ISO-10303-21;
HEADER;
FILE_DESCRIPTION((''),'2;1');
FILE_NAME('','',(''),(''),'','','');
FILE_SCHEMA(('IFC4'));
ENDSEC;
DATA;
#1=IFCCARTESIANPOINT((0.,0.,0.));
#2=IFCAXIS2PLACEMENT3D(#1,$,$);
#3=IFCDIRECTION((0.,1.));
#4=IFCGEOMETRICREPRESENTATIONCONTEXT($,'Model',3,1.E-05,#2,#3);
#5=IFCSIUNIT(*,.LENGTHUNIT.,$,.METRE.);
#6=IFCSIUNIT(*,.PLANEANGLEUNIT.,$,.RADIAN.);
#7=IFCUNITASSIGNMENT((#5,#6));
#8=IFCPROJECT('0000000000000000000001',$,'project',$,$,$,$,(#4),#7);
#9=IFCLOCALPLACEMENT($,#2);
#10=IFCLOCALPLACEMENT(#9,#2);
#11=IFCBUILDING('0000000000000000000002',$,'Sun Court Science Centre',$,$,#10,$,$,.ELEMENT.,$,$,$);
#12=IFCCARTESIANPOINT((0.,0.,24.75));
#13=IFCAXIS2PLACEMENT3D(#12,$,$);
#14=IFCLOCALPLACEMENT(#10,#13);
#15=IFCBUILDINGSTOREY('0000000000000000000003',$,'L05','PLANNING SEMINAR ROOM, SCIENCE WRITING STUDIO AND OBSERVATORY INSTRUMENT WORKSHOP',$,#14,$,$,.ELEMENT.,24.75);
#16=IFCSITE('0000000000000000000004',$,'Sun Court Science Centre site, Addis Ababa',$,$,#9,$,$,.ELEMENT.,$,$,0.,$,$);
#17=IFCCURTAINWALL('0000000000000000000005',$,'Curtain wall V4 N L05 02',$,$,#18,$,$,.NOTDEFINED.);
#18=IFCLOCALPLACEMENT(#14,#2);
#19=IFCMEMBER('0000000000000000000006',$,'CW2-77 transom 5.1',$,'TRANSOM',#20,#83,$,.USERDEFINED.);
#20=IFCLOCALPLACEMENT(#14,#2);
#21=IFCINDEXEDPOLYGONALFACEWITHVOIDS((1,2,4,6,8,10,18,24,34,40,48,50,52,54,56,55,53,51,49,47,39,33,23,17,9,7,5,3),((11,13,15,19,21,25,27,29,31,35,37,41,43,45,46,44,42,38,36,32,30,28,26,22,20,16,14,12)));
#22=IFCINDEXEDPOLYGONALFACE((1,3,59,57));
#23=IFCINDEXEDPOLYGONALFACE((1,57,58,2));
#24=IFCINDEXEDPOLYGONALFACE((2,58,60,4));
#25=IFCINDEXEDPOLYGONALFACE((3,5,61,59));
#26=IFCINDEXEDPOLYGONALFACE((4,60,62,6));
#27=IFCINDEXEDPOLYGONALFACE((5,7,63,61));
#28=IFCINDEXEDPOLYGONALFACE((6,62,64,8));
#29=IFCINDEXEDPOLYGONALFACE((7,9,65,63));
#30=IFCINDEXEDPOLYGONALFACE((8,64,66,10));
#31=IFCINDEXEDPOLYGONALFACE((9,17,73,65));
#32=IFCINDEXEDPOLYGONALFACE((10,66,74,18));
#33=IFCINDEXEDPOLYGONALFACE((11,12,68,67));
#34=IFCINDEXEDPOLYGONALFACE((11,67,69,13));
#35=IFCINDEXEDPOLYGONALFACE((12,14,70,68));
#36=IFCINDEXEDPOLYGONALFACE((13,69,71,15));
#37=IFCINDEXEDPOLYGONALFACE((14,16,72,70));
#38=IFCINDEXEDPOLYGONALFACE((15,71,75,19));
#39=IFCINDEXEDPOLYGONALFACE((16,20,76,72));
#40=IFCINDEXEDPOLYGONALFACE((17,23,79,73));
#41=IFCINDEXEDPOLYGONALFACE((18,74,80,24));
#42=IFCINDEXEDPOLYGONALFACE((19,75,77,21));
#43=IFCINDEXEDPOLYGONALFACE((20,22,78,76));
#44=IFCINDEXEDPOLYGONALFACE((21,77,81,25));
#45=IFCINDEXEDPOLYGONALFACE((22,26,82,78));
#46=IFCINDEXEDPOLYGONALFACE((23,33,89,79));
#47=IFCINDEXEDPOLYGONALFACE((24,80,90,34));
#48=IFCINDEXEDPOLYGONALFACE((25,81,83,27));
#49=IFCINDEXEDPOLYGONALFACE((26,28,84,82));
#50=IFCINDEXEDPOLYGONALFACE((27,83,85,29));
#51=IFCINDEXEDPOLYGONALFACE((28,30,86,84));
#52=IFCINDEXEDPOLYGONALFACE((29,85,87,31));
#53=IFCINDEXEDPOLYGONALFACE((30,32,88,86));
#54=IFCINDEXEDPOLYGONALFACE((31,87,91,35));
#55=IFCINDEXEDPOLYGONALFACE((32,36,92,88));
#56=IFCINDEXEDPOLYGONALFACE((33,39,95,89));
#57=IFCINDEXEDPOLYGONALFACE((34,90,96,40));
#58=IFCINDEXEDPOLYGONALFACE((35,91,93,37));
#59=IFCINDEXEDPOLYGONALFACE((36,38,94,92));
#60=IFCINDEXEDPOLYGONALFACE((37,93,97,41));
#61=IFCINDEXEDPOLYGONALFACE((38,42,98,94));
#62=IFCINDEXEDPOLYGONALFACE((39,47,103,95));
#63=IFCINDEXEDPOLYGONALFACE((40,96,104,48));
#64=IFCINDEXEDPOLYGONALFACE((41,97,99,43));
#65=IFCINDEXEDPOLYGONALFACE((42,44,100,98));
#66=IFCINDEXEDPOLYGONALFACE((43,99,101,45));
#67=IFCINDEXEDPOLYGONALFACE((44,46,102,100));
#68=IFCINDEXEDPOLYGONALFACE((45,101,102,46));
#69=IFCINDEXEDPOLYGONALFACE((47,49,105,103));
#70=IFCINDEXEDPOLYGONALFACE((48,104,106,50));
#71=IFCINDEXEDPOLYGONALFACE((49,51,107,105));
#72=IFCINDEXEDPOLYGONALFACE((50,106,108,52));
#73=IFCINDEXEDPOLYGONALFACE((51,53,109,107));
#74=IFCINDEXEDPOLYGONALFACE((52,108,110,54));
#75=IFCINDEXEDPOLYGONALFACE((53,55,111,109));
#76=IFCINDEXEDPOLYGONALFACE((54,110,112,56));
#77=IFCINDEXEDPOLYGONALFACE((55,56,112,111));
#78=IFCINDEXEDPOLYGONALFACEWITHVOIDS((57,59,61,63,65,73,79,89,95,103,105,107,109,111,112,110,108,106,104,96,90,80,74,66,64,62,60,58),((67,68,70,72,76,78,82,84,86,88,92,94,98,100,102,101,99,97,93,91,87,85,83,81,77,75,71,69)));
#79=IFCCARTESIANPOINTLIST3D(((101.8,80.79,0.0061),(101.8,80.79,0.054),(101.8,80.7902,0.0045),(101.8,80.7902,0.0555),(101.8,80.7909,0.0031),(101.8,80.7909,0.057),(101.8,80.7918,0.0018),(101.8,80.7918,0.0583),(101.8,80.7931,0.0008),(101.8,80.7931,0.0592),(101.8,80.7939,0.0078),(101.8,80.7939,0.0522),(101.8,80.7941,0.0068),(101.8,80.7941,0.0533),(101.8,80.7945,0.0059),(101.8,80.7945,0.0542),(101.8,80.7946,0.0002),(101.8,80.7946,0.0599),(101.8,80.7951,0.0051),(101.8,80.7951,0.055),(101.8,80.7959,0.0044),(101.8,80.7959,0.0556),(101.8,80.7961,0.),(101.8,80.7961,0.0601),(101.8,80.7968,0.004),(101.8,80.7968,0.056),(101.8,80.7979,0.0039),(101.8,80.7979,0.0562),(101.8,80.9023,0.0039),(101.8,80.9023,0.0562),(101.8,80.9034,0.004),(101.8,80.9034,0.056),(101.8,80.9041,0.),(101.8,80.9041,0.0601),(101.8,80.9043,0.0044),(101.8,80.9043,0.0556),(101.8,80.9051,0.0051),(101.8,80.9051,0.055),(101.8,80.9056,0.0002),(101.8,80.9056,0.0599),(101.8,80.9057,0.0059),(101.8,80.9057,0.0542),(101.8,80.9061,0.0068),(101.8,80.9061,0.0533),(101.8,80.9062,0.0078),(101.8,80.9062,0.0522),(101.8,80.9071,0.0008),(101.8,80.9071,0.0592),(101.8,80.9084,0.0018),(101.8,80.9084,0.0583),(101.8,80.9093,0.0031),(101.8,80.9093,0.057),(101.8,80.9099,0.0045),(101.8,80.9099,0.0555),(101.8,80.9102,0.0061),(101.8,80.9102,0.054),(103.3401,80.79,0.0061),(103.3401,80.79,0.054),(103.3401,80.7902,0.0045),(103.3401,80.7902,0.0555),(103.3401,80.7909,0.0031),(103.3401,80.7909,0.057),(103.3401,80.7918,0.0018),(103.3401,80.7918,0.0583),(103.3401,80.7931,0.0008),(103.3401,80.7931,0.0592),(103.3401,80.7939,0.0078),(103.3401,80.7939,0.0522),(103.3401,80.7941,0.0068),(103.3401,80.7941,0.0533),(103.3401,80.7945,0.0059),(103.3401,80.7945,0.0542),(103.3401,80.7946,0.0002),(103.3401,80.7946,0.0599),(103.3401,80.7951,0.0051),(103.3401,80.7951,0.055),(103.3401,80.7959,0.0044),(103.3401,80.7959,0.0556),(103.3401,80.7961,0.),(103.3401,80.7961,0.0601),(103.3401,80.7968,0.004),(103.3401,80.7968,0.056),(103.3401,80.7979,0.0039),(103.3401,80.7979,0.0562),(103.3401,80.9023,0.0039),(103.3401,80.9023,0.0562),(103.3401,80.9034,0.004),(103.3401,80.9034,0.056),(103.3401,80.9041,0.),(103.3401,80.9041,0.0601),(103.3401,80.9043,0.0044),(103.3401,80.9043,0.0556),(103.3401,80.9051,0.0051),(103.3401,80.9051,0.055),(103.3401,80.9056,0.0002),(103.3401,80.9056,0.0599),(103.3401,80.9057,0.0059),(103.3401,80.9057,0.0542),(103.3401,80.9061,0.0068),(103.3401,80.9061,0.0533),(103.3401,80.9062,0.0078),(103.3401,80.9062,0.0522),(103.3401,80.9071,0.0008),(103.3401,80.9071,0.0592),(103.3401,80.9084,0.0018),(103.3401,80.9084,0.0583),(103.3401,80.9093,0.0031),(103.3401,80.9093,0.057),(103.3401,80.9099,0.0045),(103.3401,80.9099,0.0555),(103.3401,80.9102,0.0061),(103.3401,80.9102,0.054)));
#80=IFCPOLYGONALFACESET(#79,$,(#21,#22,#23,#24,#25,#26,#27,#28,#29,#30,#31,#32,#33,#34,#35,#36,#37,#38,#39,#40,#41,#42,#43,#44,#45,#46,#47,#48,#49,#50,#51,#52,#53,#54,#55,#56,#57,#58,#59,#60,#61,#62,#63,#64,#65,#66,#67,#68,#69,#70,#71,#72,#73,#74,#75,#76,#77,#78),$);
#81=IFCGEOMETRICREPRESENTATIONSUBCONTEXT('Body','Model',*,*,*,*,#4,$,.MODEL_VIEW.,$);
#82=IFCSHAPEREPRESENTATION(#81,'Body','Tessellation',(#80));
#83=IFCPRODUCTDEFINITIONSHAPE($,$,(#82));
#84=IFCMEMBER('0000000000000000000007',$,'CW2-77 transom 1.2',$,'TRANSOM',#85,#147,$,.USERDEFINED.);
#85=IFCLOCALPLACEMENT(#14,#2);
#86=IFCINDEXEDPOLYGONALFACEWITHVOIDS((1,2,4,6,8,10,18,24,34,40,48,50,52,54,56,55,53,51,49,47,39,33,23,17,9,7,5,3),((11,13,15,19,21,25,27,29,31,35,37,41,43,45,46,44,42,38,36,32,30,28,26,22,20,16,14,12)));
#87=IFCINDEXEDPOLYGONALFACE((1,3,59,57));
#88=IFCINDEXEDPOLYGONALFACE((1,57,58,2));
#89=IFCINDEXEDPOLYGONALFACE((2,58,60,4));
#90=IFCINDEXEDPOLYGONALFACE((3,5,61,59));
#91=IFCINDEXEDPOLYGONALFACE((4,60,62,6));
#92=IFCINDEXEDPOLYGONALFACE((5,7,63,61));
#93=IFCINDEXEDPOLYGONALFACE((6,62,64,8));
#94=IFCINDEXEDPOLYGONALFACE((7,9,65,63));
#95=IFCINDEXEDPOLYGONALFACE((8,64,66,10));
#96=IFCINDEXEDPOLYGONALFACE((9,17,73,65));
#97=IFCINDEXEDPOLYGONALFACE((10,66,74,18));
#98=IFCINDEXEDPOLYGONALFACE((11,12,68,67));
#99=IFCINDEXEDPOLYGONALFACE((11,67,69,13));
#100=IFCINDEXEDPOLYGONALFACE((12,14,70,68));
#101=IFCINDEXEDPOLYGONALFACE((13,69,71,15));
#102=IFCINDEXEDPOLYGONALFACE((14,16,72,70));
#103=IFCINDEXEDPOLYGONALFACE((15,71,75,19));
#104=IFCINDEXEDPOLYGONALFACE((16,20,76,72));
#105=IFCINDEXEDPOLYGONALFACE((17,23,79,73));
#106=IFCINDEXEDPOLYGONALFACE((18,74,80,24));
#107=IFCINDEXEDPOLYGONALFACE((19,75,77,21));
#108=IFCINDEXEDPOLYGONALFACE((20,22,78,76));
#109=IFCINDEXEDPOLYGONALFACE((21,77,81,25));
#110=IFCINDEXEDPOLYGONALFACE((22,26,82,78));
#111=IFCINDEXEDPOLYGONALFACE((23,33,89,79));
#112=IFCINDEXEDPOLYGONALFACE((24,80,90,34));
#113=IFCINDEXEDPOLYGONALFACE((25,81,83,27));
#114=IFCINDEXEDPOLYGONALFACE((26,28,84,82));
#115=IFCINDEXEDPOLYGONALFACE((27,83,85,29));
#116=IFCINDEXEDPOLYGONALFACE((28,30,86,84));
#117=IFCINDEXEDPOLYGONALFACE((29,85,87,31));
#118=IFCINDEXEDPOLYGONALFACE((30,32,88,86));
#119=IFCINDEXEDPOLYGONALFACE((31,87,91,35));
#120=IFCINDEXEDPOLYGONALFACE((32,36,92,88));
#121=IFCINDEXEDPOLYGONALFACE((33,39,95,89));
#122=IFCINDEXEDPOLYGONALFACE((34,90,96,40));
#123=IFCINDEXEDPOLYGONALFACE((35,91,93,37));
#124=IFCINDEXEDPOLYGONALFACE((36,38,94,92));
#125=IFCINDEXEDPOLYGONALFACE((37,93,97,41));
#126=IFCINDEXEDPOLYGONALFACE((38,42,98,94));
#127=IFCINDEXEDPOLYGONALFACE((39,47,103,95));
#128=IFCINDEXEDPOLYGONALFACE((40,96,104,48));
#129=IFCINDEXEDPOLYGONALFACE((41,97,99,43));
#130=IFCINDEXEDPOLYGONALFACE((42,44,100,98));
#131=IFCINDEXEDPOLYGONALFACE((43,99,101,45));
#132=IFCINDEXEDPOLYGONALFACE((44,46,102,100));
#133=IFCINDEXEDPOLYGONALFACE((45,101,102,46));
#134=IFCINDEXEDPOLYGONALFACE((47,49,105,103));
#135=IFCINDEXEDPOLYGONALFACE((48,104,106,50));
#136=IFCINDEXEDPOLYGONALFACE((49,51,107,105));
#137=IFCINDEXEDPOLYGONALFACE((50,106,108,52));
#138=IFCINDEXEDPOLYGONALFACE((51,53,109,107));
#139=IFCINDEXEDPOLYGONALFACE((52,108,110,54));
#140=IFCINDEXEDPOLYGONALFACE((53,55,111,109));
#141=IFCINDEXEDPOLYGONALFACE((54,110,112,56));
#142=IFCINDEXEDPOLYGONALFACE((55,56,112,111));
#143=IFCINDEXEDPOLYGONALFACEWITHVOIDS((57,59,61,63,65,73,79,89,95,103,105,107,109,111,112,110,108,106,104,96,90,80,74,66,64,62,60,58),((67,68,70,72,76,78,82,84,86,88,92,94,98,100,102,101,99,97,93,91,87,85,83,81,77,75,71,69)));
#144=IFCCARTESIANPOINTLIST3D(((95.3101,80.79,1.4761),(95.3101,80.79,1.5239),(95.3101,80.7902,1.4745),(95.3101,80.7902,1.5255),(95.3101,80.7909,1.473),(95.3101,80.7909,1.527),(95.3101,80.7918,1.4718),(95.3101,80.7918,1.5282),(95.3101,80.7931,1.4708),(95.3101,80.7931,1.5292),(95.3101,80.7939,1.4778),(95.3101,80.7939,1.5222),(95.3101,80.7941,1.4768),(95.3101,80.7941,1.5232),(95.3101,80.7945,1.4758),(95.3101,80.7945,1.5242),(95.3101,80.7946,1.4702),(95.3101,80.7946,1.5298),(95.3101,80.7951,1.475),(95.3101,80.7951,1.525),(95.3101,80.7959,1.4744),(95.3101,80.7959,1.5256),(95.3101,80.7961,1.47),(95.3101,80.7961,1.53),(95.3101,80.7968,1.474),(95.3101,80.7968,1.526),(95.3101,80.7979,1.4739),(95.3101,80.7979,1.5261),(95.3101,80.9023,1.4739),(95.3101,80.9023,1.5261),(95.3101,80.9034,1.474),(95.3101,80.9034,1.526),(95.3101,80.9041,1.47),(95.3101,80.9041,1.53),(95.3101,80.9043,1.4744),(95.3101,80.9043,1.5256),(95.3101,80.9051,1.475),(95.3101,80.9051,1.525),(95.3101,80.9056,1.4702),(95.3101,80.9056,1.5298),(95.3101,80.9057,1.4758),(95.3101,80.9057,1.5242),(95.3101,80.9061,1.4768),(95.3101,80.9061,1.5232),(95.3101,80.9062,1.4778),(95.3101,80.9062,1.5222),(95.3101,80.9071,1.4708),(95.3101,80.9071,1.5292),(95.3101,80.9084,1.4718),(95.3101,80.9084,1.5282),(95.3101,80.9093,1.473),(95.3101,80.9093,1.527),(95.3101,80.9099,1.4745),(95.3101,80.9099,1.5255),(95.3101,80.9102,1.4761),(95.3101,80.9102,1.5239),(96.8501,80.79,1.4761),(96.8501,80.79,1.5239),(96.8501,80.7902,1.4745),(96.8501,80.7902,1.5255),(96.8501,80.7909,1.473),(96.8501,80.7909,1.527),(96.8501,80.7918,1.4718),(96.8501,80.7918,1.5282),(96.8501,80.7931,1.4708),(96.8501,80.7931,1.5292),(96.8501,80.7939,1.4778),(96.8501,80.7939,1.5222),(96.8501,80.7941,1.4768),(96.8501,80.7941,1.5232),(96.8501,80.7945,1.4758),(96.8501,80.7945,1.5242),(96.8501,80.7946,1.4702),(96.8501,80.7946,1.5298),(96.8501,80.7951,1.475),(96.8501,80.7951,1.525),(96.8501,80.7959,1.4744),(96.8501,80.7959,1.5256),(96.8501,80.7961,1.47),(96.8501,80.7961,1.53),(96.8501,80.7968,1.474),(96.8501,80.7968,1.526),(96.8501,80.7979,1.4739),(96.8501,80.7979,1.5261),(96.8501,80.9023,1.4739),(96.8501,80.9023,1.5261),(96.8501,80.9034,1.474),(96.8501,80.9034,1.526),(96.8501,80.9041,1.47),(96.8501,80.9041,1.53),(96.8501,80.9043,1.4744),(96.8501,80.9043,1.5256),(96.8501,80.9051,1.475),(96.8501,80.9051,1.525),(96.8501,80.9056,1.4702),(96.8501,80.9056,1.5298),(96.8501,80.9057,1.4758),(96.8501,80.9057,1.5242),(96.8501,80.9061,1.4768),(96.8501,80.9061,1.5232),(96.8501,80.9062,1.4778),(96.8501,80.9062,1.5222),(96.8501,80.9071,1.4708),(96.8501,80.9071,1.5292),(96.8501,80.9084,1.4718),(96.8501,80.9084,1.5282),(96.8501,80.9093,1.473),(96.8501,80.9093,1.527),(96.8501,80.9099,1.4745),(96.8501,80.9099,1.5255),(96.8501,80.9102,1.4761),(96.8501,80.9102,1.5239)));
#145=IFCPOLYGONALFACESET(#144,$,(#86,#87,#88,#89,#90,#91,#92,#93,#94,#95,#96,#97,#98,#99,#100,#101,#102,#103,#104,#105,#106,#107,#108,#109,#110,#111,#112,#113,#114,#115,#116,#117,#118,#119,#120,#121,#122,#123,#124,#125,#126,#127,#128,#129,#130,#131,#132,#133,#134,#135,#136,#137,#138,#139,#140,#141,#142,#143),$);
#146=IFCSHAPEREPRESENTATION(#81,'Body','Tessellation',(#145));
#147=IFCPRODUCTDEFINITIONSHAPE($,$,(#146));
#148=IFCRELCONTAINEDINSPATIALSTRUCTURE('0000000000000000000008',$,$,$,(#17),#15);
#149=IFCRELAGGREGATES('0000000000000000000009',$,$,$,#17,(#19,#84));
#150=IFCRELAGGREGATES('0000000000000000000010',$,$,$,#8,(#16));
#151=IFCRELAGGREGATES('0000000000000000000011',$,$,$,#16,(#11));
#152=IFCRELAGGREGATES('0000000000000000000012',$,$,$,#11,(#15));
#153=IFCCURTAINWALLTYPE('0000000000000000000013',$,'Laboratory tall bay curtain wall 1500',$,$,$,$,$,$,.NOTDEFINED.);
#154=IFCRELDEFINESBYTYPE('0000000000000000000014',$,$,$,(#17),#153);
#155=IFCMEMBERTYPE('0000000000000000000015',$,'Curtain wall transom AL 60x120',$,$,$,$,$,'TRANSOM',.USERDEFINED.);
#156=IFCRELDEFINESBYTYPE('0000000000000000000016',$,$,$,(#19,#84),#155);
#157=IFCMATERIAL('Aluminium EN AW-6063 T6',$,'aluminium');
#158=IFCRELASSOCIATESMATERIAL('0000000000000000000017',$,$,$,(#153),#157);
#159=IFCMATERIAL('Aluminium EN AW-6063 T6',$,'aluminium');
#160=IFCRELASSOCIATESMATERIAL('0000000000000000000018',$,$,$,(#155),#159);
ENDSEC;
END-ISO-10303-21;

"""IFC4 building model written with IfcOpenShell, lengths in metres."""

from ifc_helpers import new_model, si_unit, direction, frame, origin, origin_2d, place, context, subcontext, project, spatial, hollow_rectangle, extrude, material, material_profile, profile_set, type_object, element, aggregate, save


model = new_model("IFC4")

# Units and contexts
model_context = context("Model", 3, precision=1e-05, world=origin(), true_north=direction((0.0, 1.0)))
body_context = subcontext(model_context, "Body", "Model", "MODEL_VIEW")
ifc_project = project(units=[si_unit("LENGTHUNIT", "METRE"), si_unit("PLANEANGLEUNIT", "RADIAN")], contexts=[model_context])

# Site, building, storey
site_placement = place(None, origin())
site = spatial("IfcSite", under=ifc_project, at=site_placement, Name="Sun Court Science Centre site, Addis Ababa", CompositionType="ELEMENT", RefElevation=0.0)
building_placement = place(site_placement, origin())
building = spatial("IfcBuilding", under=site, at=building_placement, Name="Sun Court Science Centre", CompositionType="ELEMENT")
storey_placement = place(building_placement, frame((0.0, 0.0, 24.75)))
storey = spatial("IfcBuildingStorey", under=building, at=storey_placement, Name="L05", Description="PLANNING SEMINAR ROOM, SCIENCE WRITING STUDIO AND OBSERVATORY INSTRUMENT WORKSHOP", CompositionType="ELEMENT", Elevation=24.75)

# Curtain wall, members
ifc_material_1 = material(Name="Aluminium EN AW-6063 T6", Category="aluminium")
curtain_wall_type = type_object("IfcCurtainWallType", Name="Laboratory tall bay curtain wall 1500", PredefinedType="NOTDEFINED", material=ifc_material_1)
curtain_wall_placement = place(storey_placement, origin())
curtain_wall = element("IfcCurtainWall", 1, at=curtain_wall_placement, inside=storey, type_object=curtain_wall_type, Name="Curtain wall V4 N L05 02", PredefinedType="NOTDEFINED")
ifc_material_2 = material(Name="Aluminium EN AW-6063 T6", Category="aluminium")
ifc_material_profile_1 = material_profile(ifc_material_2, hollow_rectangle(XDim=0.0601, YDim=0.1201, WallThickness=0.0039, InnerFilletRadius=0.0039, OuterFilletRadius=0.0061, at=origin_2d()), Name="AL 60x120x4")
ifc_profile_set_1 = profile_set([ifc_material_profile_1], Name="Aluminium EN AW-6063 T6")
member_type_1 = type_object("IfcMemberType", Name="Curtain wall transom AL 60x120", ElementType="TRANSOM", PredefinedType="USERDEFINED", material=ifc_profile_set_1)
member_1_placement = place(storey_placement, frame((101.8, 80.8501, 0.03), z_axis=(1.0, 0.0, 0.0), x_axis=(0.0, 0.0, 1.0)))
member_1 = element("IfcMember", 2, at=member_1_placement, type_object=member_type_1, Name="CW2-77 transom 5.1", ObjectType="TRANSOM", PredefinedType="USERDEFINED", context=body_context, shape_type="SweptSolid", body=[
    extrude(hollow_rectangle(XDim=0.0601, YDim=0.1201, WallThickness=0.0039, InnerFilletRadius=0.0039, OuterFilletRadius=0.0061, at=origin_2d()), origin(), (0.0, 0.0, 1.0), 1.54),
])
member_2_placement = place(storey_placement, frame((95.3101, 80.8501, 1.5), z_axis=(1.0, 0.0, 0.0), x_axis=(0.0, 0.0, 1.0)))
member_2 = element("IfcMember", 3, at=member_2_placement, type_object=member_type_1, Name="CW2-77 transom 1.2", ObjectType="TRANSOM", PredefinedType="USERDEFINED", context=body_context, shape_type="SweptSolid", body=[
    extrude(hollow_rectangle(XDim=0.0601, YDim=0.1201, WallThickness=0.0039, InnerFilletRadius=0.0039, OuterFilletRadius=0.0061, at=origin_2d()), origin(), (0.0, 0.0, 1.0), 1.54),
])

aggregate(curtain_wall, [member_1, member_2])

save(model, "model.ifc")
